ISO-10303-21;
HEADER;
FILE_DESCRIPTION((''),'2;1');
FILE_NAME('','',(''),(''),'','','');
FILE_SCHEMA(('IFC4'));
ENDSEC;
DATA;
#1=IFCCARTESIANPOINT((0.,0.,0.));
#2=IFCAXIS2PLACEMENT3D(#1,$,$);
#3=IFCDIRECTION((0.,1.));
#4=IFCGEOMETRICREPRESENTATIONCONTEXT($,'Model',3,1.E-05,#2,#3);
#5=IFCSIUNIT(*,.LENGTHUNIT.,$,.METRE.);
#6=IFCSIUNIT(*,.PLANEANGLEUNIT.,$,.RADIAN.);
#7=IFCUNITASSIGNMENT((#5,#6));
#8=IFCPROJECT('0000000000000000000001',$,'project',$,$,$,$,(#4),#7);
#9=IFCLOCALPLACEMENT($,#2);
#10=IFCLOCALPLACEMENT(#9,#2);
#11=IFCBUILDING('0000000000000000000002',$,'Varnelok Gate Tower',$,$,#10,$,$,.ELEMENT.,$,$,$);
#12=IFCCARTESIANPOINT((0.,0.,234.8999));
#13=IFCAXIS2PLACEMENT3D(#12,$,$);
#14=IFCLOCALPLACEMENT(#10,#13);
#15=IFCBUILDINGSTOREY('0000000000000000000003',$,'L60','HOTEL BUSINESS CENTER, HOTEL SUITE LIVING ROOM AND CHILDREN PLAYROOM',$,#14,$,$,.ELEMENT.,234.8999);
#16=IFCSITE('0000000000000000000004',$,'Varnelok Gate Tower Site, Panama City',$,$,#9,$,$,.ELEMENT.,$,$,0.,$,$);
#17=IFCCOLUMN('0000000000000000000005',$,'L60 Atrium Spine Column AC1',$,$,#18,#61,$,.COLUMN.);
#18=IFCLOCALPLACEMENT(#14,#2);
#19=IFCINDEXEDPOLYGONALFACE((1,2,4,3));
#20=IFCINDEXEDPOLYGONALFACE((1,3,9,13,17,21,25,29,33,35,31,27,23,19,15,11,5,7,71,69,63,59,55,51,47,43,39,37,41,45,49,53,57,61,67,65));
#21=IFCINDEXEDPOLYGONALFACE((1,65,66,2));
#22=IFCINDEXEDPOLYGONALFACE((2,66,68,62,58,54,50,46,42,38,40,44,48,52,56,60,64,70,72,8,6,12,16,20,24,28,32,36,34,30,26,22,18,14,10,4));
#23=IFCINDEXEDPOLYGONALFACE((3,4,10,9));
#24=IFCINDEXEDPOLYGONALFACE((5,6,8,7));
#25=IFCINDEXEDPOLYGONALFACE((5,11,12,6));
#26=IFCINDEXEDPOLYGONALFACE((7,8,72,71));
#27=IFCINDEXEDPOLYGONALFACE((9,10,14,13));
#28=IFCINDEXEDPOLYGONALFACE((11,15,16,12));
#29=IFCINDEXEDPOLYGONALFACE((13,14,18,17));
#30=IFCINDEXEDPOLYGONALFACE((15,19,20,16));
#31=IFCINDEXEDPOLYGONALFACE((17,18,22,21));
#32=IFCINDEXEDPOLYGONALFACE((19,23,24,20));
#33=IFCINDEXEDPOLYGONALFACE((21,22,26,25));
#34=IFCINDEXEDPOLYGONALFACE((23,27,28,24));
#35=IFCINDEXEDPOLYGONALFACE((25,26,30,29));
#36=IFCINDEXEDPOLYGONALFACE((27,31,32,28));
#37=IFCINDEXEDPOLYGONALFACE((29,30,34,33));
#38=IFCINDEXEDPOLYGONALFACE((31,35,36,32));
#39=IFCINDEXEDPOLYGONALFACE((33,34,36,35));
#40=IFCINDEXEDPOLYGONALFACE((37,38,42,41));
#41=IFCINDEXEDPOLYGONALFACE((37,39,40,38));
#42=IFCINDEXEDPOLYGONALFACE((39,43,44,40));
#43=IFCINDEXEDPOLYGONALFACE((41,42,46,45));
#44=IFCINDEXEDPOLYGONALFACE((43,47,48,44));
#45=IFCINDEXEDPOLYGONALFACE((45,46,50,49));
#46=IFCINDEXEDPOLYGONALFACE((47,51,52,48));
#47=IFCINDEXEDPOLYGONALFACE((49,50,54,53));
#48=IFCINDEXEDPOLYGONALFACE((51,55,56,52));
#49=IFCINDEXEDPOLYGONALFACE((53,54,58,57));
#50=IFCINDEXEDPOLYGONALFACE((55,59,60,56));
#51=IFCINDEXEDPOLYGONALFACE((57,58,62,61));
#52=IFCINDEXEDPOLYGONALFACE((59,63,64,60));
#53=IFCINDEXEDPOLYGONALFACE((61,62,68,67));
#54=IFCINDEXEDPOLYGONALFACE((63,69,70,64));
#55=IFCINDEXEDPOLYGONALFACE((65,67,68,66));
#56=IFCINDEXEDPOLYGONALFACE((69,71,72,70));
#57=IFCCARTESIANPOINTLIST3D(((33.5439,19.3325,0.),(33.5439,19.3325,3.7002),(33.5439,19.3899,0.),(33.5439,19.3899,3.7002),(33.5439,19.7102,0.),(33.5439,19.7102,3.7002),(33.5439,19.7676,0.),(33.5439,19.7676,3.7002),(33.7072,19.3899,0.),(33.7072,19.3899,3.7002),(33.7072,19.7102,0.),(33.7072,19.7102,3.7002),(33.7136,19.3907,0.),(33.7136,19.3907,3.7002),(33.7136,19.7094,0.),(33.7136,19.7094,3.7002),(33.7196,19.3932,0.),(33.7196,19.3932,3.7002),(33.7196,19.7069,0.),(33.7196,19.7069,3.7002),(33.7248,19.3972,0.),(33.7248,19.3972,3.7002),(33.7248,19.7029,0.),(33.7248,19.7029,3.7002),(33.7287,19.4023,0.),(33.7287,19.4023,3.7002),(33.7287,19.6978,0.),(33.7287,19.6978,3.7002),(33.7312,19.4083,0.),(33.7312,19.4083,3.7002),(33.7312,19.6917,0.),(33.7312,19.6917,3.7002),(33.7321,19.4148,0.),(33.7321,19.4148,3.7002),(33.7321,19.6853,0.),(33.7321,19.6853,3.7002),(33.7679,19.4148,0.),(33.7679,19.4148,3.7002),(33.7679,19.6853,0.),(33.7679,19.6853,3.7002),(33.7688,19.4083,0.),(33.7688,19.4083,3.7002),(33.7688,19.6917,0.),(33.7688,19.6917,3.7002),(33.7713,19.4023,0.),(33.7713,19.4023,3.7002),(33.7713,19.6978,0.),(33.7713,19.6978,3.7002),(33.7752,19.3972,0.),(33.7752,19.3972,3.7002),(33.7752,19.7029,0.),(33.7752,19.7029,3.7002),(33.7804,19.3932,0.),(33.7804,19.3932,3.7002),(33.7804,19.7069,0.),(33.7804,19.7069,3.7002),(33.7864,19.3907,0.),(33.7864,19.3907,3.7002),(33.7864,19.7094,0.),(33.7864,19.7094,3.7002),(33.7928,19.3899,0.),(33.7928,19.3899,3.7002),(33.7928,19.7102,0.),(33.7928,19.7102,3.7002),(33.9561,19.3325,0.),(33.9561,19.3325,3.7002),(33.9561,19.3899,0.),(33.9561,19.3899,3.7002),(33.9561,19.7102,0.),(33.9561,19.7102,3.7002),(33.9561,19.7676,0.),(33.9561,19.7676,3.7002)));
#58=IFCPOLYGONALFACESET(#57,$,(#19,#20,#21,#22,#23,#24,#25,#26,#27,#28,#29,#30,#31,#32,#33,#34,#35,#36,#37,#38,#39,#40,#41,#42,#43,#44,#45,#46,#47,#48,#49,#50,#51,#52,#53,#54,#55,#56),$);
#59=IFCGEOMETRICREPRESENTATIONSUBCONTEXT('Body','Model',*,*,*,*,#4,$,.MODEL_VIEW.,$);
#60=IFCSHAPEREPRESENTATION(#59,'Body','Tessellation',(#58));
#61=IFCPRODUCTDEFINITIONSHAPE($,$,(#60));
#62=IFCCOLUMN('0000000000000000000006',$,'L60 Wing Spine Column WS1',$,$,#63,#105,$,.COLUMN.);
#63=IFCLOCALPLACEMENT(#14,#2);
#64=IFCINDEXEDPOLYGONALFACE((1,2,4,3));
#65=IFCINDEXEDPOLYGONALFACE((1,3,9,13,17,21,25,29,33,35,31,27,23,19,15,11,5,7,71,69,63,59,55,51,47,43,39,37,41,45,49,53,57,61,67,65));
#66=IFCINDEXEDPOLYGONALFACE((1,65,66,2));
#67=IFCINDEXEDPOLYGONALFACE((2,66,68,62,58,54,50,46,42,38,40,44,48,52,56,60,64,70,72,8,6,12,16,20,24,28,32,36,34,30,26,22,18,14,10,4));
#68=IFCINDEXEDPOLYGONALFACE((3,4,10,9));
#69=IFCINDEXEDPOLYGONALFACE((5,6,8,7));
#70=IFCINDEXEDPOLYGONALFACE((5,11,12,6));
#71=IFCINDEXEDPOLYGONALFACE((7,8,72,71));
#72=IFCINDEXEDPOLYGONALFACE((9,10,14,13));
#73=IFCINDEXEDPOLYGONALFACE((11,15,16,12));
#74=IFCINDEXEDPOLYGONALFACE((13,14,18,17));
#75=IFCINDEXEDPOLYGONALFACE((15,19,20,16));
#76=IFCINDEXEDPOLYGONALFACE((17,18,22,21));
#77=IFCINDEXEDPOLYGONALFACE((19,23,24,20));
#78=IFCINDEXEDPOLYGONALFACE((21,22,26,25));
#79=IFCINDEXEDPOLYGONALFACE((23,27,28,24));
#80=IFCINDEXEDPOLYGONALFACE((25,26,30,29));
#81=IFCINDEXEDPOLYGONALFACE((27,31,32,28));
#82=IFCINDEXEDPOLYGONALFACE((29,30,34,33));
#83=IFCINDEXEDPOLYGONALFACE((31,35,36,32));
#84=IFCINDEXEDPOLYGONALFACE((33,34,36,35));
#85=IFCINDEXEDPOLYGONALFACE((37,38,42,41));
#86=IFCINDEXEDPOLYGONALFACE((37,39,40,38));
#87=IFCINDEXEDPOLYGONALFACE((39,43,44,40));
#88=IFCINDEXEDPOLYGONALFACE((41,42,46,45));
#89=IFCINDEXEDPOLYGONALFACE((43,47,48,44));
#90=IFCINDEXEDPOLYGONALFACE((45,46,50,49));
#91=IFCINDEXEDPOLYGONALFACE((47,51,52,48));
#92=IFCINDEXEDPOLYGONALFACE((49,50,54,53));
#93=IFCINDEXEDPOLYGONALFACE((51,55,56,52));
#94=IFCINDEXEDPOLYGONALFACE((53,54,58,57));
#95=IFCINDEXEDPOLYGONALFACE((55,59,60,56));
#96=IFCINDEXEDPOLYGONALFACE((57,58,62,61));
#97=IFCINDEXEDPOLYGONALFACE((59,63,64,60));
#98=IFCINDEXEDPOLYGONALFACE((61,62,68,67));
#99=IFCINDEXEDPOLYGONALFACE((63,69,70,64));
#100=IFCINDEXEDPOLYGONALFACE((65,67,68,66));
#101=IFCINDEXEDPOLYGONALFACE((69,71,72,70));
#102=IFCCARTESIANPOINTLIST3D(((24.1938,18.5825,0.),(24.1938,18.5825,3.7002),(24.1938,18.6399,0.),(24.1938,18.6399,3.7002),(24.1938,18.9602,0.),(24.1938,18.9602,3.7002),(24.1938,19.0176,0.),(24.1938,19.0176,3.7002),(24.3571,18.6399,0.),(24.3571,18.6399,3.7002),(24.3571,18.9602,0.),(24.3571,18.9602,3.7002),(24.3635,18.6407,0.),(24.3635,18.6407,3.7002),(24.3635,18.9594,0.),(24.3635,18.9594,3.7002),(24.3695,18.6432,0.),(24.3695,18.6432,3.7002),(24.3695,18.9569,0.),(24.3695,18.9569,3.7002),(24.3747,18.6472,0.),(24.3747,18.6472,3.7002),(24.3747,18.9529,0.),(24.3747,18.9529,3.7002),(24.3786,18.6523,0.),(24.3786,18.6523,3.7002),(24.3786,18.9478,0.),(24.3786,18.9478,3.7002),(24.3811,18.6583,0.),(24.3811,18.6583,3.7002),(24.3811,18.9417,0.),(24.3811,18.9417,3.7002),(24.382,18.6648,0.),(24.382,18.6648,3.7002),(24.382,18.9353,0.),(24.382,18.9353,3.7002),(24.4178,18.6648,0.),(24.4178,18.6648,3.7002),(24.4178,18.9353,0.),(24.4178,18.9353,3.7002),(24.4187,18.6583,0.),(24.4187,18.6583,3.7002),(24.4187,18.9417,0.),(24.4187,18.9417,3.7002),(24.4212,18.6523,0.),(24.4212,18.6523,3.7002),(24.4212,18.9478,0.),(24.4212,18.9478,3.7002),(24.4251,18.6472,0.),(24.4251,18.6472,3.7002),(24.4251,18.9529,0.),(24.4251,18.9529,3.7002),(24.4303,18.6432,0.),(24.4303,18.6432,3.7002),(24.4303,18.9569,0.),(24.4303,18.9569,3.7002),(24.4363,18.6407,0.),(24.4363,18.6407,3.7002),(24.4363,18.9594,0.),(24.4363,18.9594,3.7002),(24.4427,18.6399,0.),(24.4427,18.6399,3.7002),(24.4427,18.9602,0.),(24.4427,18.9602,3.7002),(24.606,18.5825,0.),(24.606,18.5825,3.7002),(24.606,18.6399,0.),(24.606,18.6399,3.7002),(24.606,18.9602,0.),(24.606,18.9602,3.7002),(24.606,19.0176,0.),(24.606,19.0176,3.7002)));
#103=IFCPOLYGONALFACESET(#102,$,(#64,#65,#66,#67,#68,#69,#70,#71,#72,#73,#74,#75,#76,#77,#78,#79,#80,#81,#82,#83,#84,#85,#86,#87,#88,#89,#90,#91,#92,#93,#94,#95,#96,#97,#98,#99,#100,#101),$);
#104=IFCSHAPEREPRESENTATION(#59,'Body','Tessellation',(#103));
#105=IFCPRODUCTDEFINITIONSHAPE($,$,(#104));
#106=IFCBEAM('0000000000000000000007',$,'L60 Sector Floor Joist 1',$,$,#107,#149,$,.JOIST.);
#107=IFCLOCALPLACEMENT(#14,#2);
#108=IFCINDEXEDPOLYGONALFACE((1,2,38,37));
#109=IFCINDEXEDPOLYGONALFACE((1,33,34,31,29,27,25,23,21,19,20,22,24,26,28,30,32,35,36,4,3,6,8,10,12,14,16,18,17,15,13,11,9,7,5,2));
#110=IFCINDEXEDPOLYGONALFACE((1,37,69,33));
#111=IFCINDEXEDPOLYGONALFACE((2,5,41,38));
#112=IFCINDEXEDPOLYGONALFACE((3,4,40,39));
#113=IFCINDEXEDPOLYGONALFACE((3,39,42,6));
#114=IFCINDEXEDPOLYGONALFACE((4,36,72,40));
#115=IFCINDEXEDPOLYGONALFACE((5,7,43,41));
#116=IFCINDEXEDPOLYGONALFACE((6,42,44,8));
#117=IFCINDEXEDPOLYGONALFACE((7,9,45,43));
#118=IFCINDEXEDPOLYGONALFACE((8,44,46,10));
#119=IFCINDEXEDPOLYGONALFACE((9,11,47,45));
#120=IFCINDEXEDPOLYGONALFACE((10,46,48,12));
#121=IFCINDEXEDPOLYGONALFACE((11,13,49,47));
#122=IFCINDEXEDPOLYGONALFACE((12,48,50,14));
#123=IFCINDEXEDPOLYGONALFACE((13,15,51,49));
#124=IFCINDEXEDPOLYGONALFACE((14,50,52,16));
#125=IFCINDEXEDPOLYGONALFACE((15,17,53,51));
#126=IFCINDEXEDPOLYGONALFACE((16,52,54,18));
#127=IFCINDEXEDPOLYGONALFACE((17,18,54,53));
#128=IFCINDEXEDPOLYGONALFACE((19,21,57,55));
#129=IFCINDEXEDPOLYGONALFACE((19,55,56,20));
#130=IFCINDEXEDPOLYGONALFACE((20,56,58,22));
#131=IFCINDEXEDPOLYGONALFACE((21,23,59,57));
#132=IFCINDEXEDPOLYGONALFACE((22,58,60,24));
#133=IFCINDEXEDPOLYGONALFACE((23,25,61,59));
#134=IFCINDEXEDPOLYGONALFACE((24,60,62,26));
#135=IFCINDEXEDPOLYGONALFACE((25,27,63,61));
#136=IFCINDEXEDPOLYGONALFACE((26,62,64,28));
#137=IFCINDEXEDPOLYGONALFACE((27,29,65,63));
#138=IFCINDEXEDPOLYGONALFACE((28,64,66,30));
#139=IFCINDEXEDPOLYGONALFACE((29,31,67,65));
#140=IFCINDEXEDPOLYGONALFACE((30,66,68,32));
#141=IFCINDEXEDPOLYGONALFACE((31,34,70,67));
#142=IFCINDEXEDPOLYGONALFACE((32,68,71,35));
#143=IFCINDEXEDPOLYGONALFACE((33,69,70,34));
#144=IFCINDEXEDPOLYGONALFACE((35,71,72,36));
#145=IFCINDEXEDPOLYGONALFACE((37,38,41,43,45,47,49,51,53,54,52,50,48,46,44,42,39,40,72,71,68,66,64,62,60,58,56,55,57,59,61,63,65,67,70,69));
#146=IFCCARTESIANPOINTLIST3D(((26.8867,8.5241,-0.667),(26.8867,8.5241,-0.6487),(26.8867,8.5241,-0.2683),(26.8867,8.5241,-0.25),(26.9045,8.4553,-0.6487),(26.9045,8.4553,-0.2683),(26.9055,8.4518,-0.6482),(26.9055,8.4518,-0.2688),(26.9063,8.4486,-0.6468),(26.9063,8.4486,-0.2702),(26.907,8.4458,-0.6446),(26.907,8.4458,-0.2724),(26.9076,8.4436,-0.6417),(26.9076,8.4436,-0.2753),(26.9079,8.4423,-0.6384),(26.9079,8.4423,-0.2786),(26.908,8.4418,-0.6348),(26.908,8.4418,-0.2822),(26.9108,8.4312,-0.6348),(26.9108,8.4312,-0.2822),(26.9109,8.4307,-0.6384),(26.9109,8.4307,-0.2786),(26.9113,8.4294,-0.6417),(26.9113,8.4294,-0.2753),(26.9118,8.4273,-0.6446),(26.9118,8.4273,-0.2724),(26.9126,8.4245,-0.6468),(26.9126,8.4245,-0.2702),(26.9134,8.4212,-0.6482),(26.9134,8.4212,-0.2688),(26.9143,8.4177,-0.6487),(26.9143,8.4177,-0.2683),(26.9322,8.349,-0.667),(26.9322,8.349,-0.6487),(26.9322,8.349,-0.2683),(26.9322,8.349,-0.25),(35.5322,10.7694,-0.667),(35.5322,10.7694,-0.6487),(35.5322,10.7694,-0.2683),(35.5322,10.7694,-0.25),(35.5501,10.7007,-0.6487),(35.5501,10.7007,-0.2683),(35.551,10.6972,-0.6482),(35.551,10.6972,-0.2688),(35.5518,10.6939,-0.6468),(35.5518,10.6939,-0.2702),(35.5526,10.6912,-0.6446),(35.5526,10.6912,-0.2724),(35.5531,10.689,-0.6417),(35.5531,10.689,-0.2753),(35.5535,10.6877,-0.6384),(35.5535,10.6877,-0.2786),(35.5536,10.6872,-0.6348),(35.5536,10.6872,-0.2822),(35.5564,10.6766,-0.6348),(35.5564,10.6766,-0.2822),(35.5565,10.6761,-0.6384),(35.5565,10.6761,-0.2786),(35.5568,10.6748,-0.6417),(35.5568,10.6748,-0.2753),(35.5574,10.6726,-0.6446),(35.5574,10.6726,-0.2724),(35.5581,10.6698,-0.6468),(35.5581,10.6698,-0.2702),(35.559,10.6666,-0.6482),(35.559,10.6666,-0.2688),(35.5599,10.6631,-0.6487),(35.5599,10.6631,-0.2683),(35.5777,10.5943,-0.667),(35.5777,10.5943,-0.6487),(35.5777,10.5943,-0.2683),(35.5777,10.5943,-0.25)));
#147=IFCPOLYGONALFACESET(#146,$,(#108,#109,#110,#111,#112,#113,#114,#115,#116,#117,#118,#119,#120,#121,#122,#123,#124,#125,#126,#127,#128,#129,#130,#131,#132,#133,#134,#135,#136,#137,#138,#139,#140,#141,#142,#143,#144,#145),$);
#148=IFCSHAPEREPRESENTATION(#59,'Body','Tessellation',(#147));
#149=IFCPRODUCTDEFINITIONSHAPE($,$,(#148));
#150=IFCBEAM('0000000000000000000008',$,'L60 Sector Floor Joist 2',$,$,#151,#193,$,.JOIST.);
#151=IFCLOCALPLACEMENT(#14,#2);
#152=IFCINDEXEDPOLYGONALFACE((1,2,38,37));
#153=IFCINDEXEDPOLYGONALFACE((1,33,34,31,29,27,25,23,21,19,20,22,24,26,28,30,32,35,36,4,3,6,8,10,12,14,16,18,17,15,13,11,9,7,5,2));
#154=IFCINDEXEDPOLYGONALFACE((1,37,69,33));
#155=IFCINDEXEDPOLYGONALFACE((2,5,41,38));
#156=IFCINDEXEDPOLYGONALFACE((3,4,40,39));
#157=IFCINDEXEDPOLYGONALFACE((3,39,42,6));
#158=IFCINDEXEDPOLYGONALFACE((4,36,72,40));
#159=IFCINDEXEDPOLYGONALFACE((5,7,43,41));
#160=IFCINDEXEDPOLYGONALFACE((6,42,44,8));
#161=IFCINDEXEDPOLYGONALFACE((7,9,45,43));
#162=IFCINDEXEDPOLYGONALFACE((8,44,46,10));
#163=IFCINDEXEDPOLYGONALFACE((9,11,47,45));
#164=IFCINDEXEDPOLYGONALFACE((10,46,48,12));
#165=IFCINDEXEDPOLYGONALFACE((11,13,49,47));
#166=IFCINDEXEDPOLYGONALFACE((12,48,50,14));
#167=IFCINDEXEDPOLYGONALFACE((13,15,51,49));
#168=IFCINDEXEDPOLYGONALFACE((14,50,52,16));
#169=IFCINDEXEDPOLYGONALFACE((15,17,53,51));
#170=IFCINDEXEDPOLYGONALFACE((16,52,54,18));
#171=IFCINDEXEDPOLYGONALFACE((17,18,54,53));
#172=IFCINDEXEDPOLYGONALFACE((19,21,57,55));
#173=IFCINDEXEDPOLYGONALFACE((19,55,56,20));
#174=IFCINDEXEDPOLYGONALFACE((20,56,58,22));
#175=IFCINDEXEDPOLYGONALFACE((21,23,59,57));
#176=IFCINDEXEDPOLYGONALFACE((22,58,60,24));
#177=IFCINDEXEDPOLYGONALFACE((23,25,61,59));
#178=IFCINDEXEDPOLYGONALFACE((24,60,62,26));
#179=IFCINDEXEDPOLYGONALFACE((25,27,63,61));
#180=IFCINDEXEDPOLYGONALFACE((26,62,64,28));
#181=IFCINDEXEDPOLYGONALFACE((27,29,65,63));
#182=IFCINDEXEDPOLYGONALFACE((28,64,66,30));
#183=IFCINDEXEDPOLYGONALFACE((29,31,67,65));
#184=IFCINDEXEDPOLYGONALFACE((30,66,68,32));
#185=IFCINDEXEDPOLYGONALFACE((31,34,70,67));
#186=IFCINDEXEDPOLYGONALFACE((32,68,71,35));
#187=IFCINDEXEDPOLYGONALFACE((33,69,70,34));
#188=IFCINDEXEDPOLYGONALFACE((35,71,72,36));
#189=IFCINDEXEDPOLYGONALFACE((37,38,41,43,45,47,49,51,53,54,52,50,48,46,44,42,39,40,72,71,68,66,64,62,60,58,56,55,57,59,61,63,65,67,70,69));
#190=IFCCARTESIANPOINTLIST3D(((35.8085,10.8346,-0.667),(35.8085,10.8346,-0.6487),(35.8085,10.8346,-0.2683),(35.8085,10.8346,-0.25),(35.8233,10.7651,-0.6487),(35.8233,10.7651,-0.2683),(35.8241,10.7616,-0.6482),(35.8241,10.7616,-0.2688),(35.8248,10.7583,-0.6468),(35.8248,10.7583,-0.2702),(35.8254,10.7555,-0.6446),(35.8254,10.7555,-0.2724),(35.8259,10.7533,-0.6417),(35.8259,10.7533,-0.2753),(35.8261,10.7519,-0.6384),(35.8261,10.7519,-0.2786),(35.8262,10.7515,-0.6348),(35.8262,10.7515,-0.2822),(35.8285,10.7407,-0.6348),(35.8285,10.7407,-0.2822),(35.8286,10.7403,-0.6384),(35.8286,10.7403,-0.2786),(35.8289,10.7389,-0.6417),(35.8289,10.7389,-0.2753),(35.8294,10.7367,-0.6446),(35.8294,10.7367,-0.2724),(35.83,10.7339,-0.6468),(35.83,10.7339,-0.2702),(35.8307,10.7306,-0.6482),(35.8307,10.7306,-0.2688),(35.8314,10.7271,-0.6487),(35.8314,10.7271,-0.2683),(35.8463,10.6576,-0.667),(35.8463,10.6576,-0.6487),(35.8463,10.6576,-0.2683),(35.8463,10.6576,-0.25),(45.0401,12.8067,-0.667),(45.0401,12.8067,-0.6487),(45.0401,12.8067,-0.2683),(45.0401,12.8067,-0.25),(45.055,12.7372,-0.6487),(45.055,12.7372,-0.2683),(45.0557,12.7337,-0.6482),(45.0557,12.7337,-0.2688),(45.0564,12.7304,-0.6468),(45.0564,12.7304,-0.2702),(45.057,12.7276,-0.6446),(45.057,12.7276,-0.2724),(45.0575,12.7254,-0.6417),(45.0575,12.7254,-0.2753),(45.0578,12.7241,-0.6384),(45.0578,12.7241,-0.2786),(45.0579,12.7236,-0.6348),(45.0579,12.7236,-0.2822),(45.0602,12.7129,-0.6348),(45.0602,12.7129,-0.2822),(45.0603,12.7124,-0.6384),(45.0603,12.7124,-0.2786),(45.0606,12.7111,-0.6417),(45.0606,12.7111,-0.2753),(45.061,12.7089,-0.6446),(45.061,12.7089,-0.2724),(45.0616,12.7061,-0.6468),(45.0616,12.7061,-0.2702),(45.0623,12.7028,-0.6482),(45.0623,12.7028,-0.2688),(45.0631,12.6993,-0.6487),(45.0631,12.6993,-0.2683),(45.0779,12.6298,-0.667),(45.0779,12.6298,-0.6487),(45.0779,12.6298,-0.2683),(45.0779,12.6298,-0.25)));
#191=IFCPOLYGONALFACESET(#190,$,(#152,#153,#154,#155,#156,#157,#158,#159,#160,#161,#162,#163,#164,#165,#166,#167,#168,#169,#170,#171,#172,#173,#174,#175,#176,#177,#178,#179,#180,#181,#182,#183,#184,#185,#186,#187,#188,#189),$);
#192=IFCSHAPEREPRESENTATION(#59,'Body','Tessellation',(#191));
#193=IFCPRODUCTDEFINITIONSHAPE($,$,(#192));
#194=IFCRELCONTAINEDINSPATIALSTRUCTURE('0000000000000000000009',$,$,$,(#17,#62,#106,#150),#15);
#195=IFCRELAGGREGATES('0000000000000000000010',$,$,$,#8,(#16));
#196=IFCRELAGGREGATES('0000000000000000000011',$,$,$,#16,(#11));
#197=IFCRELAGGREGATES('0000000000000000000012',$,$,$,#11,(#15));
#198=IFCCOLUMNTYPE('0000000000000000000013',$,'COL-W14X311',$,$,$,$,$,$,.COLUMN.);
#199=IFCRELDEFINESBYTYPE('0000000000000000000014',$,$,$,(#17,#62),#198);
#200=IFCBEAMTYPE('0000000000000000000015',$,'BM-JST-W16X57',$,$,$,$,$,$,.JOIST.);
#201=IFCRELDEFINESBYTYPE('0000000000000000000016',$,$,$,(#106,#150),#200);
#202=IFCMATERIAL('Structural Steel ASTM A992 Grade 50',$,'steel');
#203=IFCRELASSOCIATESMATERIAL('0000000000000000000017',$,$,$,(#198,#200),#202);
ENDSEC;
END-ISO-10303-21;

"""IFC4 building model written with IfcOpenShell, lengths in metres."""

from ifc_helpers import new_model, si_unit, direction, frame, origin, origin_2d, place, context, subcontext, project, spatial, i_section, extrude, material, material_profile, profile_set, type_object, element, save


model = new_model("IFC4")

# Units and contexts
model_context = context("Model", 3, precision=1e-05, world=origin(), true_north=direction((0.0, 1.0)))
body_context = subcontext(model_context, "Body", "Model", "MODEL_VIEW")
ifc_project = project(units=[si_unit("LENGTHUNIT", "METRE"), si_unit("PLANEANGLEUNIT", "RADIAN")], contexts=[model_context])

# Site, building, storey
site_placement = place(None, origin())
site = spatial("IfcSite", under=ifc_project, at=site_placement, Name="Varnelok Gate Tower Site, Panama City", CompositionType="ELEMENT", RefElevation=0.0)
building_placement = place(site_placement, origin())
building = spatial("IfcBuilding", under=site, at=building_placement, Name="Varnelok Gate Tower", CompositionType="ELEMENT")
storey_placement = place(building_placement, frame((0.0, 0.0, 234.8999)))
storey = spatial("IfcBuildingStorey", under=building, at=storey_placement, Name="L60", Description="HOTEL BUSINESS CENTER, HOTEL SUITE LIVING ROOM AND CHILDREN PLAYROOM", CompositionType="ELEMENT", Elevation=234.8999)

# Columns
ifc_material_1 = material(Name="Structural Steel ASTM A992 Grade 50", Category="steel")
ifc_material_profile_1 = material_profile(ifc_material_1, i_section(OverallWidth=0.4121, OverallDepth=0.4351, WebThickness=0.0359, FlangeThickness=0.0574, FilletRadius=0.0249, at=origin_2d()), Name="W14X311")
ifc_profile_set_1 = profile_set([ifc_material_profile_1], Name="Structural Steel ASTM A992 Grade 50")
column_type = type_object("IfcColumnType", Name="COL-W14X311", PredefinedType="COLUMN", material=ifc_profile_set_1)
for number, where, z_axis, x_axis, name in (
    (1, (33.75, 19.55, 0.0), (0.0, 0.0, 1.0), (1.0, 0.0, 0.0), "L60 Atrium Spine Column AC1"),
    (2, (24.3999, 18.8, 0.0), (0.0, 0.0, 1.0), (1.0, 0.0, 0.0), "L60 Wing Spine Column WS1"),
):
    element("IfcColumn", number, at=place(storey_placement, frame(where, z_axis=z_axis, x_axis=x_axis)), inside=storey, type_object=column_type, Name=name, PredefinedType="COLUMN", context=body_context, shape_type="SweptSolid", body=[
        extrude(i_section(OverallWidth=0.4121, OverallDepth=0.4351, WebThickness=0.0359, FlangeThickness=0.0574, FilletRadius=0.0249, at=origin_2d()), origin(), (0.0, 0.0, 1.0), 3.7002),
    ])

# Beams
ifc_material_profile_2 = material_profile(ifc_material_1, i_section(OverallWidth=0.1809, OverallDepth=0.417, WebThickness=0.011, FlangeThickness=0.0183, FilletRadius=0.0139, at=origin_2d()), Name="W16X57")
ifc_profile_set_2 = profile_set([ifc_material_profile_2], Name="Structural Steel ASTM A992 Grade 50")
beam_type_1 = type_object("IfcBeamType", Name="BM-JST-W16X57", PredefinedType="JOIST", material=ifc_profile_set_2)
beam_1_placement = place(storey_placement, frame((26.9094, 8.4365, -0.4585), z_axis=(0.96789, 0.251375, 0.0), x_axis=(-0.251375, 0.96789, 0.0)))
element("IfcBeam", 3, at=beam_1_placement, inside=storey, type_object=beam_type_1, Name="L60 Sector Floor Joist 1", PredefinedType="JOIST", context=body_context, shape_type="SweptSolid", body=[
    extrude(i_section(OverallWidth=0.1809, OverallDepth=0.417, WebThickness=0.011, FlangeThickness=0.0183, FilletRadius=0.0139, at=origin_2d()), origin(), (0.0, 0.0, 1.0), 8.9324),
])
beam_2_placement = place(storey_placement, frame((35.8274, 10.7461, -0.4585), z_axis=(0.977934, 0.208916, 0.0), x_axis=(-0.208916, 0.977934, 0.0)))
element("IfcBeam", 4, at=beam_2_placement, inside=storey, type_object=beam_type_1, Name="L60 Sector Floor Joist 2", PredefinedType="JOIST", context=body_context, shape_type="SweptSolid", body=[
    extrude(i_section(OverallWidth=0.1809, OverallDepth=0.417, WebThickness=0.011, FlangeThickness=0.0183, FilletRadius=0.0139, at=origin_2d()), origin(), (0.0, 0.0, 1.0), 9.4399),
])

save(model, "model.ifc")
